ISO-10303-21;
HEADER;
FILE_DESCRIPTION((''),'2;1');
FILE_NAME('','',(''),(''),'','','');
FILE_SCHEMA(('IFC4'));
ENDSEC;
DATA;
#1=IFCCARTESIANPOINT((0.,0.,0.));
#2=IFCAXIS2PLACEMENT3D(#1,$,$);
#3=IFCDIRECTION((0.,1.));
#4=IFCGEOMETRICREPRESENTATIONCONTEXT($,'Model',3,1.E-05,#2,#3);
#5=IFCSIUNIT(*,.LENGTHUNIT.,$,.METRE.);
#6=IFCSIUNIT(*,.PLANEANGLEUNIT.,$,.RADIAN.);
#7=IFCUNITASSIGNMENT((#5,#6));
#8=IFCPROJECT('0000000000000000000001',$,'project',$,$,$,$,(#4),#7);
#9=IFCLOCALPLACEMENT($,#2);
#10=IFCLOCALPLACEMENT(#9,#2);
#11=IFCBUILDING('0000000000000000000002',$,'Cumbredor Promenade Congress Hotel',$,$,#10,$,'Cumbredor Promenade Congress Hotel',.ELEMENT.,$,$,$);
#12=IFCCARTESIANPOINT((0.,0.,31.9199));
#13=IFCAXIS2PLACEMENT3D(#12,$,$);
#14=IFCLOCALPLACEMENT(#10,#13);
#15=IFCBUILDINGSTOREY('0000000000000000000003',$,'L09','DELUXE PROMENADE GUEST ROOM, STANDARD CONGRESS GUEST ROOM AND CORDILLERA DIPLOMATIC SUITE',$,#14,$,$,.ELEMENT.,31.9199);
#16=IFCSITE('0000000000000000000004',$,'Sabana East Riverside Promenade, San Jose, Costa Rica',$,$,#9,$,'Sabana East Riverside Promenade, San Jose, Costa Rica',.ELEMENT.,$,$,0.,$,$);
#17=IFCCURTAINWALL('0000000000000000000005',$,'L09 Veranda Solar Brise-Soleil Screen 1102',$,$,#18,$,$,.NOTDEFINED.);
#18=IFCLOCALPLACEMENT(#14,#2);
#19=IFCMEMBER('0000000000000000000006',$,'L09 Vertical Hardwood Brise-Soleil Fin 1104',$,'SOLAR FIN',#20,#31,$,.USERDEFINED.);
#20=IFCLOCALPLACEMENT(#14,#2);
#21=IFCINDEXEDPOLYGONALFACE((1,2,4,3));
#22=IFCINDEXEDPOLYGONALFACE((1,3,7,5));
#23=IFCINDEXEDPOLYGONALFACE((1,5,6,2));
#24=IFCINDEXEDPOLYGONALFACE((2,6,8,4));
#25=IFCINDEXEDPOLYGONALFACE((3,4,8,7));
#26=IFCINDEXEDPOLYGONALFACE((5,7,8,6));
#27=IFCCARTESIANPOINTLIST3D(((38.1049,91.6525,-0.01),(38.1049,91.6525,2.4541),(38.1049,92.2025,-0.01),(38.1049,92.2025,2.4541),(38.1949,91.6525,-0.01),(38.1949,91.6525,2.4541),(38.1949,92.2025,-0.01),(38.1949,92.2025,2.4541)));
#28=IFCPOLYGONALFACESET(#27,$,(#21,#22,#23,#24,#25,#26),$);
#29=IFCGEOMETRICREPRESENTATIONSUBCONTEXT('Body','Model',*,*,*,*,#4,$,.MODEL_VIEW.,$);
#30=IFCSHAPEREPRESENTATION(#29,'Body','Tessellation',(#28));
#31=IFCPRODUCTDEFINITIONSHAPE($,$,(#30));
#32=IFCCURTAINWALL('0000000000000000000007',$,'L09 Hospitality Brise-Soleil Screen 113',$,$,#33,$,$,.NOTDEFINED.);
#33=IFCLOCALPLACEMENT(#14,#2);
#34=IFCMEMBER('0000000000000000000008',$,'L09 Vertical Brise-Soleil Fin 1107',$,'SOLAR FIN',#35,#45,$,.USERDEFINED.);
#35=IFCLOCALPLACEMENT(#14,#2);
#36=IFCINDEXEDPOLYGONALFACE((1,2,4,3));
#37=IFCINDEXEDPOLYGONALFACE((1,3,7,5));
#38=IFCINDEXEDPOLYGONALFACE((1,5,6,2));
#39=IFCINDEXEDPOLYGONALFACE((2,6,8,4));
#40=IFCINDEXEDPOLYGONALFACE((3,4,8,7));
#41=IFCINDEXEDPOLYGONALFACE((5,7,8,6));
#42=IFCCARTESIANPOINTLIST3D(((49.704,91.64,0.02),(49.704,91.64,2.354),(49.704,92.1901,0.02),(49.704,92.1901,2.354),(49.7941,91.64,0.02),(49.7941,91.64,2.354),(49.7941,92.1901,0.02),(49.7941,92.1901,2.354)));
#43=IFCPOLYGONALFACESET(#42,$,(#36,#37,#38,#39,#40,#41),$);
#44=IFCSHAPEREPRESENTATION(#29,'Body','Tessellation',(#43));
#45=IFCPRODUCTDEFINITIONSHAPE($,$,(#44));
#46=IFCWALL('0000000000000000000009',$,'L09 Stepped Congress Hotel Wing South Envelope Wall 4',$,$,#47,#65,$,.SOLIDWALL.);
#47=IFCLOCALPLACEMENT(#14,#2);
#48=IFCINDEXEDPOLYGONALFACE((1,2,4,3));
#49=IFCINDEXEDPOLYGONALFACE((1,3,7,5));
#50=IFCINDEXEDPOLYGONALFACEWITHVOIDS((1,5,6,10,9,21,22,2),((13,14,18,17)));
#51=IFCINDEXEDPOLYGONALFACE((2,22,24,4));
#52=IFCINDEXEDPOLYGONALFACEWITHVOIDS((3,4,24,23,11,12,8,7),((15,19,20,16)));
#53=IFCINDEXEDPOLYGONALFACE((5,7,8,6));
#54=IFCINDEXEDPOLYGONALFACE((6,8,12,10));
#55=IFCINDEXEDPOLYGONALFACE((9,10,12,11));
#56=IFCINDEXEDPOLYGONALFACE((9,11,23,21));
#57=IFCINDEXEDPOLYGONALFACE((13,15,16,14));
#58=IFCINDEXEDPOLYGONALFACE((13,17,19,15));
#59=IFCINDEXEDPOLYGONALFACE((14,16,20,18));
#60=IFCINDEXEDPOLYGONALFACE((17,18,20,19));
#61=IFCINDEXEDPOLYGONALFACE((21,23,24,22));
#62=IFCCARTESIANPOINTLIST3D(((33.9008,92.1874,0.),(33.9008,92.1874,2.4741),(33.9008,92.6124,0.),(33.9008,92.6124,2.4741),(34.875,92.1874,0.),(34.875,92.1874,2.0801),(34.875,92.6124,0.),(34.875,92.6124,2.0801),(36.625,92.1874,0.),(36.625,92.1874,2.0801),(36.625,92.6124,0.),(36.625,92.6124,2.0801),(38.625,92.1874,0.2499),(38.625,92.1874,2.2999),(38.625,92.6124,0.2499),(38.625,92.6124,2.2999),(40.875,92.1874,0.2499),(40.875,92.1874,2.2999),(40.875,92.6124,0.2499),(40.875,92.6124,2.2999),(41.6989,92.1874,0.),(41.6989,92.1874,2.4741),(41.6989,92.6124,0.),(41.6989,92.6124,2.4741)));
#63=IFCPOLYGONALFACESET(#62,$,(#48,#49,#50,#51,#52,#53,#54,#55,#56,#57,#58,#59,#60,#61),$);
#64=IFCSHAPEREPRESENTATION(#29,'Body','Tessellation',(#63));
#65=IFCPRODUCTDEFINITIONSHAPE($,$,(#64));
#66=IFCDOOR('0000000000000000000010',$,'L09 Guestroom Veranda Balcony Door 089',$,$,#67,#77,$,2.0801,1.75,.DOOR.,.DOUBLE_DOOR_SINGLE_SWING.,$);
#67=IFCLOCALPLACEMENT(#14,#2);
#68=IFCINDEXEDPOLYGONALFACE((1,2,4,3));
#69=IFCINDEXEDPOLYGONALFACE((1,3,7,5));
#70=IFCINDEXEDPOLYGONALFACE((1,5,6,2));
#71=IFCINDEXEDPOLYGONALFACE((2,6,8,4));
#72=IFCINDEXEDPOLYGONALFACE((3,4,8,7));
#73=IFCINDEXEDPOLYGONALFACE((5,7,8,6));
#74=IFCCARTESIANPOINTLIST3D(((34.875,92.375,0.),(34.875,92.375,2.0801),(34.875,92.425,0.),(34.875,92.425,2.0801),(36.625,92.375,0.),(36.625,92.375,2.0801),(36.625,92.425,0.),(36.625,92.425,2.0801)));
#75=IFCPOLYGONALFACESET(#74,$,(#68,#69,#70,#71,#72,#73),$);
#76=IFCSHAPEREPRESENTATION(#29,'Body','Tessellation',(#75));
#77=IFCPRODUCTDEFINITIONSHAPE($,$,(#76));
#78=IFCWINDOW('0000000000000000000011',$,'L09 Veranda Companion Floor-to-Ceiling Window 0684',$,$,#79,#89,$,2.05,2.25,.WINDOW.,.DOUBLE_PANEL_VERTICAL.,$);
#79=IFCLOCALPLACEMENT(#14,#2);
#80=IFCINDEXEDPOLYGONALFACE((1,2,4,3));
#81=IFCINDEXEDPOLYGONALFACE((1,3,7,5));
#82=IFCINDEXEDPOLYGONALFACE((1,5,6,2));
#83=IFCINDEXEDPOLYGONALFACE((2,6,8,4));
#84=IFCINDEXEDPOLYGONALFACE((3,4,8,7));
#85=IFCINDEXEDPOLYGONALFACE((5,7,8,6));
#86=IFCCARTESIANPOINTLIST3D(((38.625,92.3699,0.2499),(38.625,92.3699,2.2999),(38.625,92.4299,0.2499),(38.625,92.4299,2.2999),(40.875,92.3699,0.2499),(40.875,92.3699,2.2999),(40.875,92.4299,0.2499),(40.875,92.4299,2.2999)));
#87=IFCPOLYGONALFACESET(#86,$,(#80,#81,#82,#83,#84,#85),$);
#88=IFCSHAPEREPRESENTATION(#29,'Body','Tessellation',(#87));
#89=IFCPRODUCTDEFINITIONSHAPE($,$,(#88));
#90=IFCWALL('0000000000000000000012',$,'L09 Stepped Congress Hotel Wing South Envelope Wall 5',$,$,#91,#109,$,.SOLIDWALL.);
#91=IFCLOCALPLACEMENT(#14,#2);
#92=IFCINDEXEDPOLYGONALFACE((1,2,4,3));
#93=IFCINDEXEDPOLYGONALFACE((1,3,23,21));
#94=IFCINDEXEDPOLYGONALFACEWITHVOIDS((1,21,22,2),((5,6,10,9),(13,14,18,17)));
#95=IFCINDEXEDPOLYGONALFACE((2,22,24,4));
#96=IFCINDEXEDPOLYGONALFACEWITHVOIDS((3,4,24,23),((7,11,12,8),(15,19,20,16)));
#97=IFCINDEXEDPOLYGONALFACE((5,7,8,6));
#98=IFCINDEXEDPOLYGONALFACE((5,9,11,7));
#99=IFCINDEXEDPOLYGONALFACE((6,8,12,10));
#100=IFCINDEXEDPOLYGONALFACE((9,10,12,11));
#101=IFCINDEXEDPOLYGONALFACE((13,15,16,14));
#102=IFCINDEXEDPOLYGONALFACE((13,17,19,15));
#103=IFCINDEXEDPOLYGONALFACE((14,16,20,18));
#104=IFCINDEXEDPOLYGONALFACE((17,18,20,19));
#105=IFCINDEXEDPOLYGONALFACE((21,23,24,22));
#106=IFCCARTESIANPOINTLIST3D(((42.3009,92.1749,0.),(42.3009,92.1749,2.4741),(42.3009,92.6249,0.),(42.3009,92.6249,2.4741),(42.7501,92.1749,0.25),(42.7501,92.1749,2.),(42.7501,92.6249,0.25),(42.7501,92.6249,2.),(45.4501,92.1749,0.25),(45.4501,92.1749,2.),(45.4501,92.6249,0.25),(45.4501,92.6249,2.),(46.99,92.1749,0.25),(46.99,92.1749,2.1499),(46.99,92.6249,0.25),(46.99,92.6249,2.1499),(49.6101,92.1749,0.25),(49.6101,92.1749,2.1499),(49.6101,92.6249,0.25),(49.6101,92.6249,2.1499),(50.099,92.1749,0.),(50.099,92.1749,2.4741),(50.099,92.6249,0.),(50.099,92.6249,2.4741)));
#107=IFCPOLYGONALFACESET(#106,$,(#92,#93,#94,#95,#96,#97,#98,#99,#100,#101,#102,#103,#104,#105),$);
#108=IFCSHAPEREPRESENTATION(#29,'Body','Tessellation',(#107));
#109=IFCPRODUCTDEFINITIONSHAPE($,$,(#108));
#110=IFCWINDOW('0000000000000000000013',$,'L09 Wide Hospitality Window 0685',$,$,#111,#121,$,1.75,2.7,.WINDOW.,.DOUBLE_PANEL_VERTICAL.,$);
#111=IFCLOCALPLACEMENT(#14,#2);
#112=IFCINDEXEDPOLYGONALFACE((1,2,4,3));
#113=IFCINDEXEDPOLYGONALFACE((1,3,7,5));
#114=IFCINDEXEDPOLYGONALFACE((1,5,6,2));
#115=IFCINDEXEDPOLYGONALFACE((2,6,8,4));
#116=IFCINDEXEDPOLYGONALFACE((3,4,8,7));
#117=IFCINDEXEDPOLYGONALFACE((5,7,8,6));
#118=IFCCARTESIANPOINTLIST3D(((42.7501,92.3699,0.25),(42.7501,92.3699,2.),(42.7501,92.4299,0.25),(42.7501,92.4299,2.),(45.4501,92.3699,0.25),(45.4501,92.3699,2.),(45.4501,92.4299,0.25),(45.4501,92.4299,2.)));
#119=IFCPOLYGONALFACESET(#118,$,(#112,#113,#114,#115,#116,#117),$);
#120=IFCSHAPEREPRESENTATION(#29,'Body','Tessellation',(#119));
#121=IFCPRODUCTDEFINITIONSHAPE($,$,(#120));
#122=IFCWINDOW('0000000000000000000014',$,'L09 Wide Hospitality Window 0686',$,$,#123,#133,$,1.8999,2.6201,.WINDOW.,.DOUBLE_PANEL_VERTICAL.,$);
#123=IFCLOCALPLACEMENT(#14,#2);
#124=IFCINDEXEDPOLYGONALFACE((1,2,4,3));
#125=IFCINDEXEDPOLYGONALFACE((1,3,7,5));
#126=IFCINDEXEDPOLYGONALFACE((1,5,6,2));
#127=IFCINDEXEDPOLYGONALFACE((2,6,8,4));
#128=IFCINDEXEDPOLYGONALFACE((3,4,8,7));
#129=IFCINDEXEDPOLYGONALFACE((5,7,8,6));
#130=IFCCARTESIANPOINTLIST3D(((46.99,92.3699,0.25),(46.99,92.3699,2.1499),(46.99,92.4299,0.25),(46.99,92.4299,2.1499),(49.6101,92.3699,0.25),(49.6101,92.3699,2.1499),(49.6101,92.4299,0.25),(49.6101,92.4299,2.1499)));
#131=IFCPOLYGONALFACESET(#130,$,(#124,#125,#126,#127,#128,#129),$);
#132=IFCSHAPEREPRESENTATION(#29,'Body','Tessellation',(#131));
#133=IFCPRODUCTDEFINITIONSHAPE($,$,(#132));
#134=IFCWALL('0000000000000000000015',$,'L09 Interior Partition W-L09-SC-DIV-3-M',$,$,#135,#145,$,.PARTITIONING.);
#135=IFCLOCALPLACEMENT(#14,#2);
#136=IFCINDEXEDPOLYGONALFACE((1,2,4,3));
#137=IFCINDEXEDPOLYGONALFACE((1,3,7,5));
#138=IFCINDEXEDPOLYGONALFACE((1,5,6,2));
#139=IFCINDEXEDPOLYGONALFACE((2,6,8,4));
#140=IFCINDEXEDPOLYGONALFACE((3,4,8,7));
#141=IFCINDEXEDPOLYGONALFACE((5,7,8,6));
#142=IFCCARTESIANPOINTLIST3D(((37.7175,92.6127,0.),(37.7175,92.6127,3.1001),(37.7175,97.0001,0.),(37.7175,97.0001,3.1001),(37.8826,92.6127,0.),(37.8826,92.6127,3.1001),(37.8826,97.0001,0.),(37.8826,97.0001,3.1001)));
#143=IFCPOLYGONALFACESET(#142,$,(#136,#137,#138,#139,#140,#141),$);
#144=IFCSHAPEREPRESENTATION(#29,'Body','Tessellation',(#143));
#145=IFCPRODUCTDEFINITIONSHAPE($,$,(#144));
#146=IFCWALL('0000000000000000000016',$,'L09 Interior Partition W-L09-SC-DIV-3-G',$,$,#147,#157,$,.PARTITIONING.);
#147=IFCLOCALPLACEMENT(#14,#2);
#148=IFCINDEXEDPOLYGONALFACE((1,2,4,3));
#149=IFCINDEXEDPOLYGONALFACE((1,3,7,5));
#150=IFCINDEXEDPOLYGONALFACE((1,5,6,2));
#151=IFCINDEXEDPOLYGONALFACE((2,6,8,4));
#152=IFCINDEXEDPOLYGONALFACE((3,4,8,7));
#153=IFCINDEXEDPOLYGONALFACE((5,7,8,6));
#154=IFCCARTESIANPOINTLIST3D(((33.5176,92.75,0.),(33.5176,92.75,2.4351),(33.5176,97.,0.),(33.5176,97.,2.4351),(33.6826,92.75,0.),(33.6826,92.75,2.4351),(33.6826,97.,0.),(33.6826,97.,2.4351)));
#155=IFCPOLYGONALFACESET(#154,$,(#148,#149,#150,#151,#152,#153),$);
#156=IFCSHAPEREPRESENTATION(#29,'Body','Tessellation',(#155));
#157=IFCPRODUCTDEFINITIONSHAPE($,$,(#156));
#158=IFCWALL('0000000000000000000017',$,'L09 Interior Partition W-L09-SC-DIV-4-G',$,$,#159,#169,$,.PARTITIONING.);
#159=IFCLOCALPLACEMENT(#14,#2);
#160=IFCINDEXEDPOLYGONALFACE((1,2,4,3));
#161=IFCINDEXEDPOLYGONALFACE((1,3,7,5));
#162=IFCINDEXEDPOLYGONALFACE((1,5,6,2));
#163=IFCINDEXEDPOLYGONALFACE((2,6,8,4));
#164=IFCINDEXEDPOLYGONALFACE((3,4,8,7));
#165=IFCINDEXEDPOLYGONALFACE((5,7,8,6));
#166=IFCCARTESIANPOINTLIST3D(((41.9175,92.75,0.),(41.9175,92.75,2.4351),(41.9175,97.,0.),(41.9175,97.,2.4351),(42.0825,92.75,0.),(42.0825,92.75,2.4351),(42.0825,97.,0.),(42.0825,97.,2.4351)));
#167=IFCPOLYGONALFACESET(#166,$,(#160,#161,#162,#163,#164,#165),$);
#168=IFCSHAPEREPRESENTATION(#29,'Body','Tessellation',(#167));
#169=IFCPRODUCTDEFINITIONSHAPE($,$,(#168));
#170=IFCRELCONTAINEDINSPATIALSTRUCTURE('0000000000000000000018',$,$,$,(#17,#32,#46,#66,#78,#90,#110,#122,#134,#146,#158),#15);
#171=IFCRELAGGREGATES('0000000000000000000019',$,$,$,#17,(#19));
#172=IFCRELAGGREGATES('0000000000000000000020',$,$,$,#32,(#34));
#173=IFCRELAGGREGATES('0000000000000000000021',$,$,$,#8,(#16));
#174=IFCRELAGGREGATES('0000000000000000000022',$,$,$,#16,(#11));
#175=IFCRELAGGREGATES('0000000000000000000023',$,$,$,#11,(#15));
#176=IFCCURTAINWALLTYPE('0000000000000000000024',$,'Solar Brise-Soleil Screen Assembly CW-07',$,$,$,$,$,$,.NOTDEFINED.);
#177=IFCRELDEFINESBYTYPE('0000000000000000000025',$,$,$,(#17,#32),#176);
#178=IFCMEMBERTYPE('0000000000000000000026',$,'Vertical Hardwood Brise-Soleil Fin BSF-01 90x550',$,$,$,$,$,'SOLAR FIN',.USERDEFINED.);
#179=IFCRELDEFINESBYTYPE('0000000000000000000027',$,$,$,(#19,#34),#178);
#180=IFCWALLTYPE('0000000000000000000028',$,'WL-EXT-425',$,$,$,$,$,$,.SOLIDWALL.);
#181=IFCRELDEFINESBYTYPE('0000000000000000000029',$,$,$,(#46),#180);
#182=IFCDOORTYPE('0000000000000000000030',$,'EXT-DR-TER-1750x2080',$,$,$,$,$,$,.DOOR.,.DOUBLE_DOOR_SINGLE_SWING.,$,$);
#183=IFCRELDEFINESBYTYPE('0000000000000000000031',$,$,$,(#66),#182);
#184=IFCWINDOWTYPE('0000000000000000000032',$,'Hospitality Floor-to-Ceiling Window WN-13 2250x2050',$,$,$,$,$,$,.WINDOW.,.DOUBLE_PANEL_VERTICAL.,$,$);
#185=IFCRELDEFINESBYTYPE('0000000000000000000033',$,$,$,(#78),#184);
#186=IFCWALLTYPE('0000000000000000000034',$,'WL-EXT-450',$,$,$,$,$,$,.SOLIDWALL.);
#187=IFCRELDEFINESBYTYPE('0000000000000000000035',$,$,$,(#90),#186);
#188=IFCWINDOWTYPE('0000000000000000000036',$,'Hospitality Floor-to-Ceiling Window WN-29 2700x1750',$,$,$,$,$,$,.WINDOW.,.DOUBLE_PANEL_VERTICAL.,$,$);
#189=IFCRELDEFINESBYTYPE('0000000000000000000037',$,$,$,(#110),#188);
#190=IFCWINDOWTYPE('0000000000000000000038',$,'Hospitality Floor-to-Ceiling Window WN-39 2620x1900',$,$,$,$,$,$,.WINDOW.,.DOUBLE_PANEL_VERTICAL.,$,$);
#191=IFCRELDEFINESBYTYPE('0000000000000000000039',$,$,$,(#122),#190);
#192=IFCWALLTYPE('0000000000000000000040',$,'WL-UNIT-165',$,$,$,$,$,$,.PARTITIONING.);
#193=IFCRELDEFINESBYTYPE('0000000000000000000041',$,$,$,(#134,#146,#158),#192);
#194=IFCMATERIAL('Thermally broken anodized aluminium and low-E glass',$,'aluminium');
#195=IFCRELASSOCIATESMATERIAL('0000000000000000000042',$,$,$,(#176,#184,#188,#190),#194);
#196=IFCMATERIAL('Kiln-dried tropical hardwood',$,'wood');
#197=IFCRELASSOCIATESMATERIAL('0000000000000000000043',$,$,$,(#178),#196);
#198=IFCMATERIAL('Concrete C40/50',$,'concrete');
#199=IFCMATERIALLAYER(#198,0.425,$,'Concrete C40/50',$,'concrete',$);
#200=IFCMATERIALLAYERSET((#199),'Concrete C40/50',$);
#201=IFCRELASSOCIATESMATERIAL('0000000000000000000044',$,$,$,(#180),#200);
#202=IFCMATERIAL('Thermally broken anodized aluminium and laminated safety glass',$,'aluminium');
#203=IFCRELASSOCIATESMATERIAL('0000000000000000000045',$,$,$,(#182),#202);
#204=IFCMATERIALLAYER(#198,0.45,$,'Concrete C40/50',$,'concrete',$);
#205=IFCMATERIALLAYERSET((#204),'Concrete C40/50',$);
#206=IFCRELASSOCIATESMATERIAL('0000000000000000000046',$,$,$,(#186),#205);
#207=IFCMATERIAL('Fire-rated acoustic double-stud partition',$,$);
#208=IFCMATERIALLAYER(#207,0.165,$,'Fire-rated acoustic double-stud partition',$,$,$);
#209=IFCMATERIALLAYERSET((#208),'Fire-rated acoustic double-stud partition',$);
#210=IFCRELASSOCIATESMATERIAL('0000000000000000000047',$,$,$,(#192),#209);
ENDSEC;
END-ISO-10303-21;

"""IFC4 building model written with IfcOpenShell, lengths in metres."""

from ifc_helpers import new_model, si_unit, direction, frame, frame_2d, origin, origin_2d, place, context, subcontext, project, spatial, rectangle, extrude, material, layer, layer_set, material_profile, profile_set, type_object, element, fill, aggregate, save


model = new_model("IFC4")

# Units and contexts
model_context = context("Model", 3, precision=1e-05, world=origin(), true_north=direction((0.0, 1.0)))
body_context = subcontext(model_context, "Body", "Model", "MODEL_VIEW")
ifc_project = project(units=[si_unit("LENGTHUNIT", "METRE"), si_unit("PLANEANGLEUNIT", "RADIAN")], contexts=[model_context])

# Site, building, storey
site_placement = place(None, origin())
site = spatial("IfcSite", under=ifc_project, at=site_placement, Name="Sabana East Riverside Promenade, San Jose, Costa Rica", LongName="Sabana East Riverside Promenade, San Jose, Costa Rica", CompositionType="ELEMENT", RefElevation=0.0)
building_placement = place(site_placement, origin())
building = spatial("IfcBuilding", under=site, at=building_placement, Name="Cumbredor Promenade Congress Hotel", LongName="Cumbredor Promenade Congress Hotel", CompositionType="ELEMENT")
storey_placement = place(building_placement, frame((0.0, 0.0, 31.9199)))
storey = spatial("IfcBuildingStorey", under=building, at=storey_placement, Name="L09", Description="DELUXE PROMENADE GUEST ROOM, STANDARD CONGRESS GUEST ROOM AND CORDILLERA DIPLOMATIC SUITE", CompositionType="ELEMENT", Elevation=31.9199)

# Shared definitions
ifc_material_1 = material(Name="Concrete C40/50", Category="concrete")

# Curtain wall
ifc_material_2 = material(Name="Thermally broken anodized aluminium and low-E glass", Category="aluminium")
curtain_wall_type = type_object("IfcCurtainWallType", Name="Solar Brise-Soleil Screen Assembly CW-07", PredefinedType="NOTDEFINED", material=ifc_material_2)
curtain_wall_1_placement = place(storey_placement, origin())
curtain_wall_1 = element("IfcCurtainWall", 1, at=curtain_wall_1_placement, inside=storey, type_object=curtain_wall_type, Name="L09 Veranda Solar Brise-Soleil Screen 1102", PredefinedType="NOTDEFINED")

# Member
ifc_material_3 = material(Name="Kiln-dried tropical hardwood", Category="wood")
ifc_material_profile_1 = material_profile(ifc_material_3, rectangle(XDim=0.0901, YDim=0.55, at=origin_2d()), Name="ARCH FIN 90x550")
ifc_profile_set_1 = profile_set([ifc_material_profile_1], Name="Kiln-dried tropical hardwood")
member_type_1 = type_object("IfcMemberType", Name="Vertical Hardwood Brise-Soleil Fin BSF-01 90x550", ElementType="SOLAR FIN", PredefinedType="USERDEFINED", material=ifc_profile_set_1)
member_1_placement = place(storey_placement, frame((38.1499, 91.9275, -0.01), z_axis=(0.0, 0.0, 1.0), x_axis=(1.0, 0.0, 0.0)))
member_1 = element("IfcMember", 2, at=member_1_placement, type_object=member_type_1, Name="L09 Vertical Hardwood Brise-Soleil Fin 1104", ObjectType="SOLAR FIN", PredefinedType="USERDEFINED", context=body_context, shape_type="SweptSolid", body=[
    extrude(rectangle(XDim=0.0901, YDim=0.55, at=origin_2d()), origin(), (0.0, 0.0, 1.0), 2.4641),
])
aggregate(curtain_wall_1, [member_1])

# Curtain wall, member
curtain_wall_2_placement = place(storey_placement, origin())
curtain_wall_2 = element("IfcCurtainWall", 3, at=curtain_wall_2_placement, inside=storey, type_object=curtain_wall_type, Name="L09 Hospitality Brise-Soleil Screen 113", PredefinedType="NOTDEFINED")
member_2_placement = place(storey_placement, frame((49.749, 91.915, 0.02), z_axis=(0.0, 0.0, 1.0), x_axis=(1.0, 0.0, 0.0)))
member_2 = element("IfcMember", 4, at=member_2_placement, type_object=member_type_1, Name="L09 Vertical Brise-Soleil Fin 1107", ObjectType="SOLAR FIN", PredefinedType="USERDEFINED", context=body_context, shape_type="SweptSolid", body=[
    extrude(rectangle(XDim=0.0901, YDim=0.55, at=origin_2d()), origin(), (0.0, 0.0, 1.0), 2.334),
])
aggregate(curtain_wall_2, [member_2])

# Wall, openings, door, window
ifc_layer_1 = layer(ifc_material_1, 0.425, Name="Concrete C40/50", Category="concrete")
ifc_layer_set_1 = layer_set([ifc_layer_1], Name="Concrete C40/50")
wall_type_1 = type_object("IfcWallType", Name="WL-EXT-425", PredefinedType="SOLIDWALL", material=ifc_layer_set_1)
wall_1_placement = place(storey_placement, frame((33.9009, 92.3999, 0.0), z_axis=(0.0, 0.0, 1.0), x_axis=(1.0, 0.0, 0.0)))
wall_1 = element("IfcWall", 5, at=wall_1_placement, inside=storey, type_object=wall_type_1, Name="L09 Stepped Congress Hotel Wing South Envelope Wall 4", PredefinedType="SOLIDWALL", context=body_context, shape_type="SweptSolid", body=[
    extrude(rectangle(XDim=7.7981, YDim=0.425, at=frame_2d((3.8989, 0.0))), origin(), (0.0, 0.0, 1.0), 2.4741),
])
opening_1_placement = place(wall_1_placement, frame((0.9741, 0.0, 0.0)))
opening_1 = element("IfcOpeningElement", 6, at=opening_1_placement, cuts=wall_1, PredefinedType="OPENING", context=body_context, shape_type="SweptSolid", body=[
    extrude(rectangle(XDim=1.75, YDim=2.0801, at=frame_2d((0.875, 1.04))), frame((0.0, 0.2227, 0.0), z_axis=(0.0, -1.0, 0.0), x_axis=(1.0, 0.0, 0.0)), (0.0, 0.0, 1.0), 0.4451),
])
opening_2_placement = place(wall_1_placement, frame((4.7241, 0.0, 0.25)))
opening_2 = element("IfcOpeningElement", 7, at=opening_2_placement, cuts=wall_1, PredefinedType="OPENING", context=body_context, shape_type="SweptSolid", body=[
    extrude(rectangle(XDim=2.25, YDim=2.05, at=frame_2d((1.125, 1.0249))), frame((0.0, 0.2227, 0.0), z_axis=(0.0, -1.0, 0.0), x_axis=(1.0, 0.0, 0.0)), (0.0, 0.0, 1.0), 0.4451),
])
ifc_material_4 = material(Name="Thermally broken anodized aluminium and laminated safety glass", Category="aluminium")
door_type = type_object("IfcDoorType", Name="EXT-DR-TER-1750x2080", OperationType="DOUBLE_DOOR_SINGLE_SWING", PredefinedType="DOOR", material=ifc_material_4)
door_placement = place(opening_1_placement, frame((1.75, 0.0, 0.0), z_axis=(0.0, 0.0, 1.0), x_axis=(-1.0, 0.0, 0.0)))
door = element("IfcDoor", 8, at=door_placement, inside=storey, type_object=door_type, Name="L09 Guestroom Veranda Balcony Door 089", OperationType="DOUBLE_DOOR_SINGLE_SWING", OverallHeight=2.0801, OverallWidth=1.75, PredefinedType="DOOR", context=body_context, shape_type="SweptSolid", body=[
    extrude(rectangle(XDim=1.75, YDim=2.0801, at=frame_2d((0.875, 1.04))), frame((0.0, 0.0249, 0.0), z_axis=(0.0, -1.0, 0.0), x_axis=(1.0, 0.0, 0.0)), (0.0, 0.0, 1.0), 0.05),
])
fill(opening_1, door)
window_type_1 = type_object("IfcWindowType", Name="Hospitality Floor-to-Ceiling Window WN-13 2250x2050", PartitioningType="DOUBLE_PANEL_VERTICAL", PredefinedType="WINDOW", material=ifc_material_2)
window_1_placement = place(opening_2_placement, origin())
window_1 = element("IfcWindow", 9, at=window_1_placement, inside=storey, type_object=window_type_1, Name="L09 Veranda Companion Floor-to-Ceiling Window 0684", OverallHeight=2.05, OverallWidth=2.25, PartitioningType="DOUBLE_PANEL_VERTICAL", PredefinedType="WINDOW", context=body_context, shape_type="SweptSolid", body=[
    extrude(rectangle(XDim=2.25, YDim=2.05, at=frame_2d((1.125, 1.0249))), frame((0.0, 0.03, 0.0), z_axis=(0.0, -1.0, 0.0), x_axis=(1.0, 0.0, 0.0)), (0.0, 0.0, 1.0), 0.0601),
])
fill(opening_2, window_1)

# Wall, openings, windows
ifc_layer_2 = layer(ifc_material_1, 0.45, Name="Concrete C40/50", Category="concrete")
ifc_layer_set_2 = layer_set([ifc_layer_2], Name="Concrete C40/50")
wall_type_2 = type_object("IfcWallType", Name="WL-EXT-450", PredefinedType="SOLIDWALL", material=ifc_layer_set_2)
wall_2_placement = place(storey_placement, frame((42.301, 92.3999, 0.0), z_axis=(0.0, 0.0, 1.0), x_axis=(1.0, 0.0, 0.0)))
wall_2 = element("IfcWall", 10, at=wall_2_placement, inside=storey, type_object=wall_type_2, Name="L09 Stepped Congress Hotel Wing South Envelope Wall 5", PredefinedType="SOLIDWALL", context=body_context, shape_type="SweptSolid", body=[
    extrude(rectangle(XDim=7.7981, YDim=0.45, at=frame_2d((3.8989, 0.0))), origin(), (0.0, 0.0, 1.0), 2.4741),
])
opening_3_placement = place(wall_2_placement, frame((0.449, 0.0, 0.25)))
opening_3 = element("IfcOpeningElement", 11, at=opening_3_placement, cuts=wall_2, PredefinedType="OPENING", context=body_context, shape_type="SweptSolid", body=[
    extrude(rectangle(XDim=2.7, YDim=1.75, at=frame_2d((1.3501, 0.875))), frame((0.0, 0.2349, 0.0), z_axis=(0.0, -1.0, 0.0), x_axis=(1.0, 0.0, 0.0)), (0.0, 0.0, 1.0), 0.47),
])
opening_4_placement = place(wall_2_placement, frame((4.689, 0.0, 0.25)))
opening_4 = element("IfcOpeningElement", 12, at=opening_4_placement, cuts=wall_2, PredefinedType="OPENING", context=body_context, shape_type="SweptSolid", body=[
    extrude(rectangle(XDim=2.6201, YDim=1.8999, at=frame_2d((1.3101, 0.95))), frame((0.0, 0.2349, 0.0), z_axis=(0.0, -1.0, 0.0), x_axis=(1.0, 0.0, 0.0)), (0.0, 0.0, 1.0), 0.47),
])
window_type_2 = type_object("IfcWindowType", Name="Hospitality Floor-to-Ceiling Window WN-29 2700x1750", PartitioningType="DOUBLE_PANEL_VERTICAL", PredefinedType="WINDOW", material=ifc_material_2)
window_2_placement = place(opening_3_placement, origin())
window_2 = element("IfcWindow", 13, at=window_2_placement, inside=storey, type_object=window_type_2, Name="L09 Wide Hospitality Window 0685", OverallHeight=1.75, OverallWidth=2.7, PartitioningType="DOUBLE_PANEL_VERTICAL", PredefinedType="WINDOW", context=body_context, shape_type="SweptSolid", body=[
    extrude(rectangle(XDim=2.7, YDim=1.75, at=frame_2d((1.3501, 0.875))), frame((0.0, 0.03, 0.0), z_axis=(0.0, -1.0, 0.0), x_axis=(1.0, 0.0, 0.0)), (0.0, 0.0, 1.0), 0.0601),
])
fill(opening_3, window_2)
window_type_3 = type_object("IfcWindowType", Name="Hospitality Floor-to-Ceiling Window WN-39 2620x1900", PartitioningType="DOUBLE_PANEL_VERTICAL", PredefinedType="WINDOW", material=ifc_material_2)
window_3_placement = place(opening_4_placement, origin())
window_3 = element("IfcWindow", 14, at=window_3_placement, inside=storey, type_object=window_type_3, Name="L09 Wide Hospitality Window 0686", OverallHeight=1.8999, OverallWidth=2.6201, PartitioningType="DOUBLE_PANEL_VERTICAL", PredefinedType="WINDOW", context=body_context, shape_type="SweptSolid", body=[
    extrude(rectangle(XDim=2.6201, YDim=1.8999, at=frame_2d((1.3101, 0.95))), frame((0.0, 0.03, 0.0), z_axis=(0.0, -1.0, 0.0), x_axis=(1.0, 0.0, 0.0)), (0.0, 0.0, 1.0), 0.0601),
])
fill(opening_4, window_3)

# Walls
ifc_material_5 = material(Name="Fire-rated acoustic double-stud partition")
ifc_layer_3 = layer(ifc_material_5, 0.165, Name="Fire-rated acoustic double-stud partition")
ifc_layer_set_3 = layer_set([ifc_layer_3], Name="Fire-rated acoustic double-stud partition")
wall_type_3 = type_object("IfcWallType", Name="WL-UNIT-165", PredefinedType="PARTITIONING", material=ifc_layer_set_3)
wall_3_placement = place(storey_placement, frame((37.8, 92.6125, 0.0), z_axis=(0.0, 0.0, 1.0), x_axis=(0.0, 1.0, 0.0)))
element("IfcWall", 15, at=wall_3_placement, inside=storey, type_object=wall_type_3, Name="L09 Interior Partition W-L09-SC-DIV-3-M", PredefinedType="PARTITIONING", context=body_context, shape_type="SweptSolid", body=[
    extrude(rectangle(XDim=4.3875, YDim=0.165, at=frame_2d((2.1938, 0.0))), origin(), (0.0, 0.0, 1.0), 3.1001),
])
for number, where, z_axis, x_axis, name in (
    (16, (33.6001, 92.75, 0.0), (0.0, 0.0, 1.0), (0.0, 1.0, 0.0), "L09 Interior Partition W-L09-SC-DIV-3-G"),
    (17, (42.0, 92.75, 0.0), (0.0, 0.0, 1.0), (0.0, 1.0, 0.0), "L09 Interior Partition W-L09-SC-DIV-4-G"),
):
    element("IfcWall", number, at=place(storey_placement, frame(where, z_axis=z_axis, x_axis=x_axis)), inside=storey, type_object=wall_type_3, Name=name, PredefinedType="PARTITIONING", context=body_context, shape_type="SweptSolid", body=[
        extrude(rectangle(XDim=4.25, YDim=0.165, at=frame_2d((2.125, 0.0))), origin(), (0.0, 0.0, 1.0), 2.4351),
    ])

save(model, "model.ifc")
